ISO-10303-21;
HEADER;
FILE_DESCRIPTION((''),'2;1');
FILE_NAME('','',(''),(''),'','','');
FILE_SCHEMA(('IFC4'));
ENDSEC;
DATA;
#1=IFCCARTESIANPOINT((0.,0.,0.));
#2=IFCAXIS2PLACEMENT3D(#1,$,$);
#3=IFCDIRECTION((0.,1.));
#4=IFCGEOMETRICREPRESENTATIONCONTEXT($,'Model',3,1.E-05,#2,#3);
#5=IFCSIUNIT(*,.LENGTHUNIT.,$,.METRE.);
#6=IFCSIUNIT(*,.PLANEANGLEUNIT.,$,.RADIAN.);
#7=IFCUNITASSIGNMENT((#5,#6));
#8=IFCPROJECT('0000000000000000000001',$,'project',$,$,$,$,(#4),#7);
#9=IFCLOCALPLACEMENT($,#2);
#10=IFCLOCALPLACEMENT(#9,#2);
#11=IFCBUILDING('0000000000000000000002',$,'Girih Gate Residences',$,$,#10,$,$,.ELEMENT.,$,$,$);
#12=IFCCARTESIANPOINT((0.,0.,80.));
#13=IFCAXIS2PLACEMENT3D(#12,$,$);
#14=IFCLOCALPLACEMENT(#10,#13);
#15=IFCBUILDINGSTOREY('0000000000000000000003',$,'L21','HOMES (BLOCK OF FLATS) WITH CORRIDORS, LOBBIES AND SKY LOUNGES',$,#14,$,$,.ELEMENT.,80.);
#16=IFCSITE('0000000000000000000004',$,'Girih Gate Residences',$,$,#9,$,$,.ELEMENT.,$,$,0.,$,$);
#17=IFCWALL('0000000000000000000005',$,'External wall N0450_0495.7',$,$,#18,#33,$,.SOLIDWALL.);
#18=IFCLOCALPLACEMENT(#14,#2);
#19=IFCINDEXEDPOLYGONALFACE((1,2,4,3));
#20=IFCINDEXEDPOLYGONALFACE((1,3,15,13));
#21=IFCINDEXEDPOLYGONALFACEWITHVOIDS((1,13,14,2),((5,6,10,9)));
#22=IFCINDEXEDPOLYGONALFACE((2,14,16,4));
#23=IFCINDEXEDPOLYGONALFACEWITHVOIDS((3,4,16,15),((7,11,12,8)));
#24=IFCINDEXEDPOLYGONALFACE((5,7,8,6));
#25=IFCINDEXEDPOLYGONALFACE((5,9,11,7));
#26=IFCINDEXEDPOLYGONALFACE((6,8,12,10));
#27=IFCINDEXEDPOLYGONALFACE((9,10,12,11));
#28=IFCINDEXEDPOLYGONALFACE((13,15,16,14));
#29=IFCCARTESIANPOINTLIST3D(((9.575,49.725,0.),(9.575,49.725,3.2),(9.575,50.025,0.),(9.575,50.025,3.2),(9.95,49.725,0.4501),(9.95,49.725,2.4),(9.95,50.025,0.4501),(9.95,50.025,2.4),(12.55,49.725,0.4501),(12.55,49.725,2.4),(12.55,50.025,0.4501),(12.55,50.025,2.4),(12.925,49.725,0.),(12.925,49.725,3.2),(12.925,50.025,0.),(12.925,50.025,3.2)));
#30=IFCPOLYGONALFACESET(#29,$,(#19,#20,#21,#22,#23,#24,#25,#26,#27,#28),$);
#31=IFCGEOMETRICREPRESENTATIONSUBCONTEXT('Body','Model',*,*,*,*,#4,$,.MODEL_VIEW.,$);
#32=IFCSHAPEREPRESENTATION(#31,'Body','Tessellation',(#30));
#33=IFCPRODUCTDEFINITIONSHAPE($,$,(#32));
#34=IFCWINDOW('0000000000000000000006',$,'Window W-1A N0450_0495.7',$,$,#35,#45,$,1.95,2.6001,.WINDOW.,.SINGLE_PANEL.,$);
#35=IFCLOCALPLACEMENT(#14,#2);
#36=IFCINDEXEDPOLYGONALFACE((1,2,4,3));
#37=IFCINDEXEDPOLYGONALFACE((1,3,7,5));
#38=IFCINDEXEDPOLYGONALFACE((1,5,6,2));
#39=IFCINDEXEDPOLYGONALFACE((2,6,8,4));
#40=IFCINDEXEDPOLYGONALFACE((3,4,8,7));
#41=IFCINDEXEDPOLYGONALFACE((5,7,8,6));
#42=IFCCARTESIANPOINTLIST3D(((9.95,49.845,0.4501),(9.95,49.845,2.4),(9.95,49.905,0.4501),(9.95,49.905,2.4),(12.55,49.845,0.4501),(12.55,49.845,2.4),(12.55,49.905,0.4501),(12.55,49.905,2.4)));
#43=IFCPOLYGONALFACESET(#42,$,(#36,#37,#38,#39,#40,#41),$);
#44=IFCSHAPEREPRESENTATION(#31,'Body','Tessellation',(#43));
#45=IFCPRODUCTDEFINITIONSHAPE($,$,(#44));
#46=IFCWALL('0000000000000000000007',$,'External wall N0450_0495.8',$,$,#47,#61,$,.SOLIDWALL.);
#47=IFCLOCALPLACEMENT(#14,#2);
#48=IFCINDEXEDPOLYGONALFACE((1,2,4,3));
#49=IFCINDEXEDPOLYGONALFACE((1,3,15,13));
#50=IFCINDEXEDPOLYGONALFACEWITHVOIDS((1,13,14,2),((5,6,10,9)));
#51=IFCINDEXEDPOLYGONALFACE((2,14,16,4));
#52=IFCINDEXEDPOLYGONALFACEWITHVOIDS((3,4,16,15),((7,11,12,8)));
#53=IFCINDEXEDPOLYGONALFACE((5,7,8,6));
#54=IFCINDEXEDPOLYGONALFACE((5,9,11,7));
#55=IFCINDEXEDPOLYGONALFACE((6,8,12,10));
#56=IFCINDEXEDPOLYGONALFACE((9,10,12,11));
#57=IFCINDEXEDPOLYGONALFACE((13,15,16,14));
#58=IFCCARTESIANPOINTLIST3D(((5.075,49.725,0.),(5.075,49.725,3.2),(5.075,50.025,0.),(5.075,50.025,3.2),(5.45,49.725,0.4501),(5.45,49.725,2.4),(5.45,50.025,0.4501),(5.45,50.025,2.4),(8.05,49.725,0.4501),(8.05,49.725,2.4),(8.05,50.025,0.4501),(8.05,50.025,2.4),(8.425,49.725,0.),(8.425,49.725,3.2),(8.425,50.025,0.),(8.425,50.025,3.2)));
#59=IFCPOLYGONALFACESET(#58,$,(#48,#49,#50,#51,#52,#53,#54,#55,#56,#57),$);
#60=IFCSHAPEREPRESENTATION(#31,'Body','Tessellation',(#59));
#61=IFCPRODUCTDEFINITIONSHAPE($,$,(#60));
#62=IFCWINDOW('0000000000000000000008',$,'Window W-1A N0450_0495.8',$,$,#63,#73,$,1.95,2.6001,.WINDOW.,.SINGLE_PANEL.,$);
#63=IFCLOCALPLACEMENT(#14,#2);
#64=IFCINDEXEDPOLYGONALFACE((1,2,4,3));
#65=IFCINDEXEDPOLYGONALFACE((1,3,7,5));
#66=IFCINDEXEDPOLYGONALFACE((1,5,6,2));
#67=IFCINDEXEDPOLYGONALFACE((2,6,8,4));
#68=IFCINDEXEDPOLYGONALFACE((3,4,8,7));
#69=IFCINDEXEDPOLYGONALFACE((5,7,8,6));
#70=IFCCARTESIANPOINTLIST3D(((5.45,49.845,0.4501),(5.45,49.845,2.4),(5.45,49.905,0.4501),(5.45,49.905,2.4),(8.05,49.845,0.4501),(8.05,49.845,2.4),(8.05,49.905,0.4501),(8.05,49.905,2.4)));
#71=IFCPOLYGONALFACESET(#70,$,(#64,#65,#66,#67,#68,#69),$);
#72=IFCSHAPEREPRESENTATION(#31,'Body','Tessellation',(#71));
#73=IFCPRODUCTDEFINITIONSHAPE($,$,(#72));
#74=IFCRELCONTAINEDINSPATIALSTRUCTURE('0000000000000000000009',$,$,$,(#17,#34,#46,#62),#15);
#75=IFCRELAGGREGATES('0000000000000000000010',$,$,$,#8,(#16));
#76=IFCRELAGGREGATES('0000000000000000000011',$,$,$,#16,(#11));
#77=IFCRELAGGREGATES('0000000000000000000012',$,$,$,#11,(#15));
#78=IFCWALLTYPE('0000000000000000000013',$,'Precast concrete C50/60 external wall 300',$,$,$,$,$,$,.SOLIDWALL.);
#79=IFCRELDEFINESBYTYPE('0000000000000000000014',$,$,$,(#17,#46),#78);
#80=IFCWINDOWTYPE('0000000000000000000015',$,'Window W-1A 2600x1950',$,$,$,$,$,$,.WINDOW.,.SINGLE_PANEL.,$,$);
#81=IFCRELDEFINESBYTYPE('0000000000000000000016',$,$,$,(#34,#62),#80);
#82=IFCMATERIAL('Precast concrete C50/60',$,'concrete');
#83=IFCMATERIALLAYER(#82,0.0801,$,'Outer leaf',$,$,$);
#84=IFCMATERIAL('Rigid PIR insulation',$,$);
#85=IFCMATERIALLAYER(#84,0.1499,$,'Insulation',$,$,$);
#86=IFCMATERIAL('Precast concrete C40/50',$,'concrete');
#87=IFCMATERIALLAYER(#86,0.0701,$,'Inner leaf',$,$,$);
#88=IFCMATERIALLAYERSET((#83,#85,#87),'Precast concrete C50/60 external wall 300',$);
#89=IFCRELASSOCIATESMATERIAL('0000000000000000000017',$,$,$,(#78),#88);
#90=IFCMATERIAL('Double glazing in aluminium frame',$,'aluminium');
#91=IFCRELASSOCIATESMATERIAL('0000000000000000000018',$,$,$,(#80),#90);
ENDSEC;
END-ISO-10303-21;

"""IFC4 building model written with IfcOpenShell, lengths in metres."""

from ifc_helpers import new_model, si_unit, direction, frame, frame_2d, origin, place, context, subcontext, project, spatial, rectangle, extrude, material, layer, layer_set, type_object, element, fill, save


model = new_model("IFC4")

# Units and contexts
model_context = context("Model", 3, precision=1e-05, world=origin(), true_north=direction((0.0, 1.0)))
body_context = subcontext(model_context, "Body", "Model", "MODEL_VIEW")
ifc_project = project(units=[si_unit("LENGTHUNIT", "METRE"), si_unit("PLANEANGLEUNIT", "RADIAN")], contexts=[model_context])

# Site, building, storey
site_placement = place(None, origin())
site = spatial("IfcSite", under=ifc_project, at=site_placement, Name="Girih Gate Residences", CompositionType="ELEMENT", RefElevation=0.0)
building_placement = place(site_placement, origin())
building = spatial("IfcBuilding", under=site, at=building_placement, Name="Girih Gate Residences", CompositionType="ELEMENT")
storey_placement = place(building_placement, frame((0.0, 0.0, 80.0)))
storey = spatial("IfcBuildingStorey", under=building, at=storey_placement, Name="L21", Description="HOMES (BLOCK OF FLATS) WITH CORRIDORS, LOBBIES AND SKY LOUNGES", CompositionType="ELEMENT", Elevation=80.0)

# Walls, openings, windows
ifc_material_1 = material(Name="Precast concrete C50/60", Category="concrete")
ifc_layer_1 = layer(ifc_material_1, 0.0801, Name="Outer leaf")
ifc_material_2 = material(Name="Rigid PIR insulation")
ifc_layer_2 = layer(ifc_material_2, 0.1499, Name="Insulation")
ifc_material_3 = material(Name="Precast concrete C40/50", Category="concrete")
ifc_layer_3 = layer(ifc_material_3, 0.0701, Name="Inner leaf")
ifc_layer_set_1 = layer_set([ifc_layer_1, ifc_layer_2, ifc_layer_3], Name="Precast concrete C50/60 external wall 300")
wall_type_1 = type_object("IfcWallType", Name="Precast concrete C50/60 external wall 300", PredefinedType="SOLIDWALL", material=ifc_layer_set_1)
wall_1_placement = place(storey_placement, frame((9.575, 49.875, 0.0), z_axis=(0.0, 0.0, 1.0), x_axis=(1.0, 0.0, 0.0)))
wall_1 = element("IfcWall", 1, at=wall_1_placement, inside=storey, type_object=wall_type_1, Name="External wall N0450_0495.7", PredefinedType="SOLIDWALL", context=body_context, shape_type="SweptSolid", body=[
    extrude(rectangle(XDim=3.3501, YDim=0.3, at=frame_2d((1.675, 0.0))), origin(), (0.0, 0.0, 1.0), 3.2),
])
opening_1_placement = place(wall_1_placement, frame((0.375, 0.0, 0.45)))
opening_1 = element("IfcOpeningElement", 2, at=opening_1_placement, cuts=wall_1, PredefinedType="OPENING", context=body_context, shape_type="SweptSolid", body=[
    extrude(rectangle(XDim=2.6001, YDim=1.95, at=frame_2d((1.3, 0.9751))), frame((0.0, 0.1599, 0.0), z_axis=(0.0, -1.0, 0.0), x_axis=(1.0, 0.0, 0.0)), (0.0, 0.0, 1.0), 0.3201),
])
ifc_material_4 = material(Name="Double glazing in aluminium frame", Category="aluminium")
window_type = type_object("IfcWindowType", Name="Window W-1A 2600x1950", PartitioningType="SINGLE_PANEL", PredefinedType="WINDOW", material=ifc_material_4)
window_1_placement = place(opening_1_placement, origin())
window_1 = element("IfcWindow", 3, at=window_1_placement, inside=storey, type_object=window_type, Name="Window W-1A N0450_0495.7", OverallHeight=1.95, OverallWidth=2.6001, PartitioningType="SINGLE_PANEL", PredefinedType="WINDOW", context=body_context, shape_type="SweptSolid", body=[
    extrude(rectangle(XDim=2.6001, YDim=1.95, at=frame_2d((1.3, 0.9751))), frame((0.0, 0.03, 0.0), z_axis=(0.0, -1.0, 0.0), x_axis=(1.0, 0.0, 0.0)), (0.0, 0.0, 1.0), 0.0601),
])
fill(opening_1, window_1)
wall_2_placement = place(storey_placement, frame((5.075, 49.875, 0.0), z_axis=(0.0, 0.0, 1.0), x_axis=(1.0, 0.0, 0.0)))
wall_2 = element("IfcWall", 4, at=wall_2_placement, inside=storey, type_object=wall_type_1, Name="External wall N0450_0495.8", PredefinedType="SOLIDWALL", context=body_context, shape_type="SweptSolid", body=[
    extrude(rectangle(XDim=3.3501, YDim=0.3, at=frame_2d((1.675, 0.0))), origin(), (0.0, 0.0, 1.0), 3.2),
])
opening_2_placement = place(wall_2_placement, frame((0.375, 0.0, 0.45)))
opening_2 = element("IfcOpeningElement", 5, at=opening_2_placement, cuts=wall_2, PredefinedType="OPENING", context=body_context, shape_type="SweptSolid", body=[
    extrude(rectangle(XDim=2.6001, YDim=1.95, at=frame_2d((1.3, 0.9751))), frame((0.0, 0.1599, 0.0), z_axis=(0.0, -1.0, 0.0), x_axis=(1.0, 0.0, 0.0)), (0.0, 0.0, 1.0), 0.3201),
])
window_2_placement = place(opening_2_placement, origin())
window_2 = element("IfcWindow", 6, at=window_2_placement, inside=storey, type_object=window_type, Name="Window W-1A N0450_0495.8", OverallHeight=1.95, OverallWidth=2.6001, PartitioningType="SINGLE_PANEL", PredefinedType="WINDOW", context=body_context, shape_type="SweptSolid", body=[
    extrude(rectangle(XDim=2.6001, YDim=1.95, at=frame_2d((1.3, 0.9751))), frame((0.0, 0.03, 0.0), z_axis=(0.0, -1.0, 0.0), x_axis=(1.0, 0.0, 0.0)), (0.0, 0.0, 1.0), 0.0601),
])
fill(opening_2, window_2)

save(model, "model.ifc")
